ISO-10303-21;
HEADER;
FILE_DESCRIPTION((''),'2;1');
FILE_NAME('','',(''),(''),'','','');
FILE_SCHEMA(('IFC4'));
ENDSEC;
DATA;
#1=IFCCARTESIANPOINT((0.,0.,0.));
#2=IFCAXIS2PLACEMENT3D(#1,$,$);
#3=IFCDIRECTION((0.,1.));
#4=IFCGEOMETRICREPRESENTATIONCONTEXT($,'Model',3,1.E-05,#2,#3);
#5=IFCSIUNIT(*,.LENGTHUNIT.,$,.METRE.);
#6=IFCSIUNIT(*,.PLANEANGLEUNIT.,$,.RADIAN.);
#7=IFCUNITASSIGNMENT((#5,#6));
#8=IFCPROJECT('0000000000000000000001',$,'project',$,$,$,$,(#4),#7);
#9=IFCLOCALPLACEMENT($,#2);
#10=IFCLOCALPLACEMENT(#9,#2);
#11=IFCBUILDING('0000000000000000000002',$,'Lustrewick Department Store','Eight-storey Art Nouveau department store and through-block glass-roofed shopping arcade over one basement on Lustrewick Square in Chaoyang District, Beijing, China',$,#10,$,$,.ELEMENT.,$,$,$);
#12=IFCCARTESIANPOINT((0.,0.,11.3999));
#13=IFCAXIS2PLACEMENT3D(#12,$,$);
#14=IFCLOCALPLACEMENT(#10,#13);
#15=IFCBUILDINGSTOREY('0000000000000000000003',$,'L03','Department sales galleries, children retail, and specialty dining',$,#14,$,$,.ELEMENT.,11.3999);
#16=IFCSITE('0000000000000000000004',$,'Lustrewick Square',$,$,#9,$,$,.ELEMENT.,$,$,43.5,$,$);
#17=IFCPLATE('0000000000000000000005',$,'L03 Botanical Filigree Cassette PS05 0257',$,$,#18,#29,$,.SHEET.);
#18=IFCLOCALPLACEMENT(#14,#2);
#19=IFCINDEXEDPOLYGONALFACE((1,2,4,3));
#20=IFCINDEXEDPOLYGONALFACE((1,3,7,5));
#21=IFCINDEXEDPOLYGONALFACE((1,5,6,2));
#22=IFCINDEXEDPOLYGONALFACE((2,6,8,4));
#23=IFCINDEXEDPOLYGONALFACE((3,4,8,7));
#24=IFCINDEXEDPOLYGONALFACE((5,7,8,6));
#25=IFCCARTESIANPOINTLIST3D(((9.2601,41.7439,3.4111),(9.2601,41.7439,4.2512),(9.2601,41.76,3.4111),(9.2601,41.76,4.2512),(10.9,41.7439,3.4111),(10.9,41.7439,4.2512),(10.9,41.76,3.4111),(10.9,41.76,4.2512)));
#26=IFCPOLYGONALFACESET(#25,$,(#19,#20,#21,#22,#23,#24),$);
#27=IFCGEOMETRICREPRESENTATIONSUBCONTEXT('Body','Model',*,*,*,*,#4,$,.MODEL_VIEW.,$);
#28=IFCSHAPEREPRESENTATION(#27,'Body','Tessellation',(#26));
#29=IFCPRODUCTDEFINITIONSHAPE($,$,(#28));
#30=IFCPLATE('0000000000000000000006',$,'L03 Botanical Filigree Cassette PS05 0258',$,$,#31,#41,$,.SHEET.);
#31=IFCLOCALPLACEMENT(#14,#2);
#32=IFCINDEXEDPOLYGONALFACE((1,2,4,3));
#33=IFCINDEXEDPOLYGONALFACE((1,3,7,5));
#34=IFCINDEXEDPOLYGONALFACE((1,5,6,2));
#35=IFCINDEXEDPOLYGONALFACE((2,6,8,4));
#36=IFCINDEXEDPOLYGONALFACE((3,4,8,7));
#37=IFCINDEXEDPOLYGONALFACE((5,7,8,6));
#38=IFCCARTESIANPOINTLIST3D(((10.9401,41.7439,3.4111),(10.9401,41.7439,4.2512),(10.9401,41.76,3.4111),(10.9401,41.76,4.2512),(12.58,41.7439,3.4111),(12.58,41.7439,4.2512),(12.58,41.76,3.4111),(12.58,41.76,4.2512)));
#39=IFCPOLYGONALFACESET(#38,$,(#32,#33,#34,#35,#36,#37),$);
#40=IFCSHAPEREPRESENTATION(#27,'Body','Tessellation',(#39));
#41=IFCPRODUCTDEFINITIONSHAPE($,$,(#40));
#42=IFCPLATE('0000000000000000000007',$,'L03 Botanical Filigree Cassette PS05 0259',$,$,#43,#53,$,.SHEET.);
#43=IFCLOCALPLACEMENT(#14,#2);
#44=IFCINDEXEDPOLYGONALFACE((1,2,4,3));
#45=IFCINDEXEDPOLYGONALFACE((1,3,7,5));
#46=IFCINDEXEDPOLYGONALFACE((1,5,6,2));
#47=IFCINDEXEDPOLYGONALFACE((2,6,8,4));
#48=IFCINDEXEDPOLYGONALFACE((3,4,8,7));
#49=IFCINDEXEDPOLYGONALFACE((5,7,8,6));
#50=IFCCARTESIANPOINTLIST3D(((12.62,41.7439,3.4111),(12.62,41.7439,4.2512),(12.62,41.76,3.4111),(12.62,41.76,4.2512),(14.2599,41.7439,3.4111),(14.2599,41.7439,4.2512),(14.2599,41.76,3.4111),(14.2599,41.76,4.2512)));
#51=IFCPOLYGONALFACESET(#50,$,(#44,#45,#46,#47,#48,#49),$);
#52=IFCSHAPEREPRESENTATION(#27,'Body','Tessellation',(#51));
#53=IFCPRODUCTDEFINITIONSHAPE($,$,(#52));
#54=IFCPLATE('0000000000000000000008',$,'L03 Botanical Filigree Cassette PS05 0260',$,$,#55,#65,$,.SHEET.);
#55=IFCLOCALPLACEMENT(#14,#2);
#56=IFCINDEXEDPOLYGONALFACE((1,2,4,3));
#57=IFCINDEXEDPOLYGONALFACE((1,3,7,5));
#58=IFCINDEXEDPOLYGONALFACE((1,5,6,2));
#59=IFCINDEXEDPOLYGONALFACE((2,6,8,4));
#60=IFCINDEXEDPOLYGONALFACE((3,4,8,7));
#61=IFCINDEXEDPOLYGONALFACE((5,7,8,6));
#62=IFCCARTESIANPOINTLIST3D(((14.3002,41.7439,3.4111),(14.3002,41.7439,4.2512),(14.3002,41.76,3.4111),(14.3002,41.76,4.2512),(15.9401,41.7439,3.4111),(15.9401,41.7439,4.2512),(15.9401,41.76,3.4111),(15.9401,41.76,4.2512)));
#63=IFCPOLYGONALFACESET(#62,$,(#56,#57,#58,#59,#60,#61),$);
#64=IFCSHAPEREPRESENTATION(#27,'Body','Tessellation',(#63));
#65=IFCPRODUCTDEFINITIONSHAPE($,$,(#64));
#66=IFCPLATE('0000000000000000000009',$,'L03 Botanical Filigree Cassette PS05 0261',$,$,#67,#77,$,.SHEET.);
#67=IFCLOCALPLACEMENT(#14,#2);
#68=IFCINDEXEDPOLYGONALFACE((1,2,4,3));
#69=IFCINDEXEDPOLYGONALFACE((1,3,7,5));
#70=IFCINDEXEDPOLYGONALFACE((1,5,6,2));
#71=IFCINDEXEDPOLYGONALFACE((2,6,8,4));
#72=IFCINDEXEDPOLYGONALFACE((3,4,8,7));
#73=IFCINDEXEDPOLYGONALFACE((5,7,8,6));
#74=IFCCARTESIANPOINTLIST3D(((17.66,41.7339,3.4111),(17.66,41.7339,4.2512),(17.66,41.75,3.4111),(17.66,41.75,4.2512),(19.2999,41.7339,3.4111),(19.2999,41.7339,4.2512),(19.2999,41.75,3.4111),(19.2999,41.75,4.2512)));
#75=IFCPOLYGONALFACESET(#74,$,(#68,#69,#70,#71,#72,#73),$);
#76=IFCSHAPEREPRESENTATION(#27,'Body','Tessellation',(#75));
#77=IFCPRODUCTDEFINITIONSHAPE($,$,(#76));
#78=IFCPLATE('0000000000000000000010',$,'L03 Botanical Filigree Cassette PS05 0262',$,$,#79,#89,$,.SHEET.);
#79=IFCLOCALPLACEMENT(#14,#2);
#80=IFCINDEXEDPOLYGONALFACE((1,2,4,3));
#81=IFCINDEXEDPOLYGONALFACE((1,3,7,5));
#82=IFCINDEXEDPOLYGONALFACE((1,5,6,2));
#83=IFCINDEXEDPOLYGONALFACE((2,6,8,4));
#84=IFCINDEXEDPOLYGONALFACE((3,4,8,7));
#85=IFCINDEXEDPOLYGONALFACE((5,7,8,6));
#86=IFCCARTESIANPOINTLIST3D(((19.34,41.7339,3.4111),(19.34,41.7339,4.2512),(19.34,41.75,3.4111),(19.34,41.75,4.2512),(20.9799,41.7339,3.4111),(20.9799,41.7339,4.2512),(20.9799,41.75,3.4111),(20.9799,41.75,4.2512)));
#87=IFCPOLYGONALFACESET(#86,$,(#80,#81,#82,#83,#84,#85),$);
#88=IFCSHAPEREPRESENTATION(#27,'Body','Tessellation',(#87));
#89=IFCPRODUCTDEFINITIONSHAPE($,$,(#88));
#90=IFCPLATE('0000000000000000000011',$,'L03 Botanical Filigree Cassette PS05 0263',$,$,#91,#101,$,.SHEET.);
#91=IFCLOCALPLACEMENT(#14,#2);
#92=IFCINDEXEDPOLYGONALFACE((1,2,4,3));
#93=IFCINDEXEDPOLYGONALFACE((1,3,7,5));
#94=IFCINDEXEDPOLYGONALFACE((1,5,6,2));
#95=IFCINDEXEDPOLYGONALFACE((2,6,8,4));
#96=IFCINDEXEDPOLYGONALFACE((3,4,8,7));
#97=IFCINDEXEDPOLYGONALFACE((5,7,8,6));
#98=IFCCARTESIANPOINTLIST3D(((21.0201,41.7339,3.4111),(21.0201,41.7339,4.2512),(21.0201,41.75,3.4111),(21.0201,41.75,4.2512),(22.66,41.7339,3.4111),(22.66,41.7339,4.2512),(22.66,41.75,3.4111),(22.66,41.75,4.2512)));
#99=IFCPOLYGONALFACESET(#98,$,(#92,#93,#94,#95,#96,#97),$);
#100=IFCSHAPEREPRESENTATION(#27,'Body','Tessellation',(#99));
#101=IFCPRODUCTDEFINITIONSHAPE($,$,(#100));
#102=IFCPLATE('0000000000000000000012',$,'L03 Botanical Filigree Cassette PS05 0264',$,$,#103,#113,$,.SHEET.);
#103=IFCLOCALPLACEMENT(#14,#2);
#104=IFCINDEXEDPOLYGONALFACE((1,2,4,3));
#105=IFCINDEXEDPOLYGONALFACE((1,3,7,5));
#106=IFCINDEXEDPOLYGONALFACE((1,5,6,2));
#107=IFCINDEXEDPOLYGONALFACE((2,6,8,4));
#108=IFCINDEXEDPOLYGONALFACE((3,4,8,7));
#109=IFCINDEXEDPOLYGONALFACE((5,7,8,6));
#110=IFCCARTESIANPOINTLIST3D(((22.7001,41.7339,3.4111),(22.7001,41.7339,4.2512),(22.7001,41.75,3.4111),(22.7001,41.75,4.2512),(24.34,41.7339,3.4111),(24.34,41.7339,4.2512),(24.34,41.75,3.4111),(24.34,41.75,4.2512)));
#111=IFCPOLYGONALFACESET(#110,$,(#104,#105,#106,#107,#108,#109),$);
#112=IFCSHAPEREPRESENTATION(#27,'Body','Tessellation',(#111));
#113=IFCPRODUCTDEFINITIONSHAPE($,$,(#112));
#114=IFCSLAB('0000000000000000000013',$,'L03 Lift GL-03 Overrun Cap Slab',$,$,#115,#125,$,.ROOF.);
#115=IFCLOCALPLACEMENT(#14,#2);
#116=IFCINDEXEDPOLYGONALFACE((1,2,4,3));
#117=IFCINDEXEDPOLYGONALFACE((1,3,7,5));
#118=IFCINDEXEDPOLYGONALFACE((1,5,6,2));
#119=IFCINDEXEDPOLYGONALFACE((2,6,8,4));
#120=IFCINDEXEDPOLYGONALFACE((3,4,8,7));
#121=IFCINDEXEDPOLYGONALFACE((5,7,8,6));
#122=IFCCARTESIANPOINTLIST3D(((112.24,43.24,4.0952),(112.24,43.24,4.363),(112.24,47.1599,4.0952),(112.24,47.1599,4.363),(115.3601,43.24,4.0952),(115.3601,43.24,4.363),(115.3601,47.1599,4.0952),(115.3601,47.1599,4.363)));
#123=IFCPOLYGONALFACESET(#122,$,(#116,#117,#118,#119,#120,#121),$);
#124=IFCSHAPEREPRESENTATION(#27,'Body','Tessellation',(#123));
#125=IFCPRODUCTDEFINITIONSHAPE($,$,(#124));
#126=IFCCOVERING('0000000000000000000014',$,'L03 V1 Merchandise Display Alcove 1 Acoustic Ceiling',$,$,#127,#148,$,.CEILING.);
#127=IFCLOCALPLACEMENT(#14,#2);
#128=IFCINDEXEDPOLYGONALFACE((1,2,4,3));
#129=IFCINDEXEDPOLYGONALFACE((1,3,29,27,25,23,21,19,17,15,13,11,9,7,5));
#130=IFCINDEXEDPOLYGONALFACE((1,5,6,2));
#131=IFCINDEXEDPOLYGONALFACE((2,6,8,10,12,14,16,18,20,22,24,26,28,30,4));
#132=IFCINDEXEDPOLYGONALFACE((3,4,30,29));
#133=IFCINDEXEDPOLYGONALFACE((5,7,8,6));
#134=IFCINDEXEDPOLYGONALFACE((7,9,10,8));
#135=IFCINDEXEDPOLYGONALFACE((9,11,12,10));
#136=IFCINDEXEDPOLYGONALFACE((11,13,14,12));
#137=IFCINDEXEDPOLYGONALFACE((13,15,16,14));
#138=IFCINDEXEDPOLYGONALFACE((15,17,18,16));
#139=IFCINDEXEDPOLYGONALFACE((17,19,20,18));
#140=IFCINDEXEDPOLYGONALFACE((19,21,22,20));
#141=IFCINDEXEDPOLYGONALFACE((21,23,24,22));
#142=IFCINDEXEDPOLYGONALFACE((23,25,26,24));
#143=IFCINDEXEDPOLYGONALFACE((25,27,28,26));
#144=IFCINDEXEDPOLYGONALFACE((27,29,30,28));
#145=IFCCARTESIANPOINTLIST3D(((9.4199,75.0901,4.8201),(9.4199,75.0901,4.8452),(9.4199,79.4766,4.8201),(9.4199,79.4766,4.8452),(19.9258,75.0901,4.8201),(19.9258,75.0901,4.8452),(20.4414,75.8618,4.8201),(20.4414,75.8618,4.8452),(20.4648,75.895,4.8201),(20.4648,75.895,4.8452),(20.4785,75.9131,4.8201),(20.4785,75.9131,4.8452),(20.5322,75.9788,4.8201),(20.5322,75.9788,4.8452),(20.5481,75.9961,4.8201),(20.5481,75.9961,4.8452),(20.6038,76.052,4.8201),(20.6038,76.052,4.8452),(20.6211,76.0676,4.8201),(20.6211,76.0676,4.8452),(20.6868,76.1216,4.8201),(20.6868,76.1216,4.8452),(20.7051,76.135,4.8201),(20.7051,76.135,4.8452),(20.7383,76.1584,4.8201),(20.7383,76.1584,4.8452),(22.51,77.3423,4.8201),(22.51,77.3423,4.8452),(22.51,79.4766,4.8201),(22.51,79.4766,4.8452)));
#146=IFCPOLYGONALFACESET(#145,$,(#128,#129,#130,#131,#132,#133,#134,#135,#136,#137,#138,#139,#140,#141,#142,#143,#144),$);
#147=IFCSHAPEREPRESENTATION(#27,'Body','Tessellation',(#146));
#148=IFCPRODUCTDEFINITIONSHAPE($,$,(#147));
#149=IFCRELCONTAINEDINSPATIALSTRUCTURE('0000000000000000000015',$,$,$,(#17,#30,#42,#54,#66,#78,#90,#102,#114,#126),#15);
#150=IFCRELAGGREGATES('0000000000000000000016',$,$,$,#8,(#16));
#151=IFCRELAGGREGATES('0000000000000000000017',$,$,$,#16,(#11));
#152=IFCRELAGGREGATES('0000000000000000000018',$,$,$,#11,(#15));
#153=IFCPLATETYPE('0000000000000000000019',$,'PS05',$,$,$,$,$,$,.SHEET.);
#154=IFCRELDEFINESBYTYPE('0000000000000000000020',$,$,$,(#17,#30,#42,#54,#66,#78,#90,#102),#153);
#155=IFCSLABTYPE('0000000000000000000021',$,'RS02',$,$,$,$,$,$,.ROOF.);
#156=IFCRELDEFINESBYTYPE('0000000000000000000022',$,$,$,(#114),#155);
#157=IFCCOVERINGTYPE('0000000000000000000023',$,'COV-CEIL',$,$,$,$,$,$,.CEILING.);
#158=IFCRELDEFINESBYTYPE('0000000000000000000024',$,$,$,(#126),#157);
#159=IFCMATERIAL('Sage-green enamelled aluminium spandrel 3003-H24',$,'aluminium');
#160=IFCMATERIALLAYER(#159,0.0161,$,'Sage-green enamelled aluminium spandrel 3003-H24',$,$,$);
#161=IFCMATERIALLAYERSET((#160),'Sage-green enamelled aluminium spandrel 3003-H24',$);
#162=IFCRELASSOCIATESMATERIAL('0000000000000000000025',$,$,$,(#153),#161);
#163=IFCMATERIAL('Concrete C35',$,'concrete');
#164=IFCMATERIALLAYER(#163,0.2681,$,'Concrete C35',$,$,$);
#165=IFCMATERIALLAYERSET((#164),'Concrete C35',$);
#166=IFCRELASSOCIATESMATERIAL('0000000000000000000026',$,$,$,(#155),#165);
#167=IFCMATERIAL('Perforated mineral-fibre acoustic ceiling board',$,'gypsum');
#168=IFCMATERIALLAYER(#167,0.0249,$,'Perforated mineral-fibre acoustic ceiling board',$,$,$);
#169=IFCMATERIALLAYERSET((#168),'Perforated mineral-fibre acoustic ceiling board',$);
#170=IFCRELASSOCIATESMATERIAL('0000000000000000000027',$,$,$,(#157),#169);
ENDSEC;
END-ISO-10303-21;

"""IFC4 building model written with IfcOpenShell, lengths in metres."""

from ifc_helpers import new_model, si_unit, direction, frame, origin, origin_2d, place, context, subcontext, project, spatial, polyline, rectangle, outline, extrude, material, layer, layer_set, type_object, element, save


model = new_model("IFC4")

# Units and contexts
model_context = context("Model", 3, precision=1e-05, world=origin(), true_north=direction((0.0, 1.0)))
body_context = subcontext(model_context, "Body", "Model", "MODEL_VIEW")
ifc_project = project(units=[si_unit("LENGTHUNIT", "METRE"), si_unit("PLANEANGLEUNIT", "RADIAN")], contexts=[model_context])

# Site, building, storey
site_placement = place(None, origin())
site = spatial("IfcSite", under=ifc_project, at=site_placement, Name="Lustrewick Square", CompositionType="ELEMENT", RefElevation=43.5)
building_placement = place(site_placement, origin())
building = spatial("IfcBuilding", under=site, at=building_placement, Name="Lustrewick Department Store", Description="Eight-storey Art Nouveau department store and through-block glass-roofed shopping arcade over one basement on Lustrewick Square in Chaoyang District, Beijing, China", CompositionType="ELEMENT")
storey_placement = place(building_placement, frame((0.0, 0.0, 11.3999)))
storey = spatial("IfcBuildingStorey", under=building, at=storey_placement, Name="L03", Description="Department sales galleries, children retail, and specialty dining", CompositionType="ELEMENT", Elevation=11.3999)

# Plates
ifc_material_1 = material(Name="Sage-green enamelled aluminium spandrel 3003-H24", Category="aluminium")
ifc_layer_1 = layer(ifc_material_1, 0.0161, Name="Sage-green enamelled aluminium spandrel 3003-H24")
ifc_layer_set_1 = layer_set([ifc_layer_1], Name="Sage-green enamelled aluminium spandrel 3003-H24")
plate_type = type_object("IfcPlateType", Name="PS05", PredefinedType="SHEET", material=ifc_layer_set_1)
for number, where, z_axis, x_axis, name in (
    (1, (10.0801, 41.752, 3.4111), (0.0, 0.0, 1.0), (1.0, 0.0, 0.0), "L03 Botanical Filigree Cassette PS05 0257"),
    (2, (11.76, 41.752, 3.4111), (0.0, 0.0, 1.0), (1.0, 0.0, 0.0), "L03 Botanical Filigree Cassette PS05 0258"),
    (3, (13.4399, 41.752, 3.4111), (0.0, 0.0, 1.0), (1.0, 0.0, 0.0), "L03 Botanical Filigree Cassette PS05 0259"),
    (4, (15.1201, 41.752, 3.4111), (0.0, 0.0, 1.0), (1.0, 0.0, 0.0), "L03 Botanical Filigree Cassette PS05 0260"),
    (5, (18.48, 41.7419, 3.4111), (0.0, 0.0, 1.0), (1.0, 0.0, 0.0), "L03 Botanical Filigree Cassette PS05 0261"),
    (6, (20.1599, 41.7419, 3.4111), (0.0, 0.0, 1.0), (1.0, 0.0, 0.0), "L03 Botanical Filigree Cassette PS05 0262"),
    (7, (21.8401, 41.7419, 3.4111), (0.0, 0.0, 1.0), (1.0, 0.0, 0.0), "L03 Botanical Filigree Cassette PS05 0263"),
    (8, (23.52, 41.7419, 3.4111), (0.0, 0.0, 1.0), (1.0, 0.0, 0.0), "L03 Botanical Filigree Cassette PS05 0264"),
):
    element("IfcPlate", number, at=place(storey_placement, frame(where, z_axis=z_axis, x_axis=x_axis)), inside=storey, type_object=plate_type, Name=name, PredefinedType="SHEET", context=body_context, shape_type="SweptSolid", body=[
        extrude(rectangle(XDim=1.6399, YDim=0.0161, at=origin_2d()), origin(), (0.0, 0.0, 1.0), 0.8401),
    ])

# Slab
ifc_material_2 = material(Name="Concrete C35", Category="concrete")
ifc_layer_2 = layer(ifc_material_2, 0.2681, Name="Concrete C35")
ifc_layer_set_2 = layer_set([ifc_layer_2], Name="Concrete C35")
slab_type = type_object("IfcSlabType", Name="RS02", PredefinedType="ROOF", material=ifc_layer_set_2)
slab_placement = place(storey_placement, frame((0.0, 0.0, 4.0952)))
element("IfcSlab", 9, at=slab_placement, inside=storey, type_object=slab_type, Name="L03 Lift GL-03 Overrun Cap Slab", PredefinedType="ROOF", context=body_context, shape_type="SweptSolid", body=[
    extrude(outline(polyline([(115.3601, 43.24), (115.3601, 47.1599), (112.24, 47.1599), (112.24, 43.24), (115.3601, 43.24)])), origin(), (0.0, 0.0, 1.0), 0.2678),
])

# Covering
ifc_material_3 = material(Name="Perforated mineral-fibre acoustic ceiling board", Category="gypsum")
ifc_layer_3 = layer(ifc_material_3, 0.0249, Name="Perforated mineral-fibre acoustic ceiling board")
ifc_layer_set_3 = layer_set([ifc_layer_3], Name="Perforated mineral-fibre acoustic ceiling board")
covering_type_1 = type_object("IfcCoveringType", Name="COV-CEIL", PredefinedType="CEILING", material=ifc_layer_set_3)
covering_1_placement = place(storey_placement, frame((0.0, 0.0, 4.8201)))
element("IfcCovering", 10, at=covering_1_placement, inside=storey, type_object=covering_type_1, Name="L03 V1 Merchandise Display Alcove 1 Acoustic Ceiling", PredefinedType="CEILING", context=body_context, shape_type="SweptSolid", body=[
    extrude(outline(polyline([(9.4199, 75.0901), (19.9258, 75.0901), (20.4414, 75.8618), (20.4648, 75.895), (20.4785, 75.9131), (20.5322, 75.9788), (20.5481, 75.9961), (20.6038, 76.052), (20.6211, 76.0676), (20.6868, 76.1216), (20.7051, 76.135), (20.7383, 76.1584), (22.51, 77.3423), (22.51, 79.4766), (9.4199, 79.4766), (9.4199, 75.0901)])), origin(), (0.0, 0.0, 1.0), 0.0251),
])

save(model, "model.ifc")
